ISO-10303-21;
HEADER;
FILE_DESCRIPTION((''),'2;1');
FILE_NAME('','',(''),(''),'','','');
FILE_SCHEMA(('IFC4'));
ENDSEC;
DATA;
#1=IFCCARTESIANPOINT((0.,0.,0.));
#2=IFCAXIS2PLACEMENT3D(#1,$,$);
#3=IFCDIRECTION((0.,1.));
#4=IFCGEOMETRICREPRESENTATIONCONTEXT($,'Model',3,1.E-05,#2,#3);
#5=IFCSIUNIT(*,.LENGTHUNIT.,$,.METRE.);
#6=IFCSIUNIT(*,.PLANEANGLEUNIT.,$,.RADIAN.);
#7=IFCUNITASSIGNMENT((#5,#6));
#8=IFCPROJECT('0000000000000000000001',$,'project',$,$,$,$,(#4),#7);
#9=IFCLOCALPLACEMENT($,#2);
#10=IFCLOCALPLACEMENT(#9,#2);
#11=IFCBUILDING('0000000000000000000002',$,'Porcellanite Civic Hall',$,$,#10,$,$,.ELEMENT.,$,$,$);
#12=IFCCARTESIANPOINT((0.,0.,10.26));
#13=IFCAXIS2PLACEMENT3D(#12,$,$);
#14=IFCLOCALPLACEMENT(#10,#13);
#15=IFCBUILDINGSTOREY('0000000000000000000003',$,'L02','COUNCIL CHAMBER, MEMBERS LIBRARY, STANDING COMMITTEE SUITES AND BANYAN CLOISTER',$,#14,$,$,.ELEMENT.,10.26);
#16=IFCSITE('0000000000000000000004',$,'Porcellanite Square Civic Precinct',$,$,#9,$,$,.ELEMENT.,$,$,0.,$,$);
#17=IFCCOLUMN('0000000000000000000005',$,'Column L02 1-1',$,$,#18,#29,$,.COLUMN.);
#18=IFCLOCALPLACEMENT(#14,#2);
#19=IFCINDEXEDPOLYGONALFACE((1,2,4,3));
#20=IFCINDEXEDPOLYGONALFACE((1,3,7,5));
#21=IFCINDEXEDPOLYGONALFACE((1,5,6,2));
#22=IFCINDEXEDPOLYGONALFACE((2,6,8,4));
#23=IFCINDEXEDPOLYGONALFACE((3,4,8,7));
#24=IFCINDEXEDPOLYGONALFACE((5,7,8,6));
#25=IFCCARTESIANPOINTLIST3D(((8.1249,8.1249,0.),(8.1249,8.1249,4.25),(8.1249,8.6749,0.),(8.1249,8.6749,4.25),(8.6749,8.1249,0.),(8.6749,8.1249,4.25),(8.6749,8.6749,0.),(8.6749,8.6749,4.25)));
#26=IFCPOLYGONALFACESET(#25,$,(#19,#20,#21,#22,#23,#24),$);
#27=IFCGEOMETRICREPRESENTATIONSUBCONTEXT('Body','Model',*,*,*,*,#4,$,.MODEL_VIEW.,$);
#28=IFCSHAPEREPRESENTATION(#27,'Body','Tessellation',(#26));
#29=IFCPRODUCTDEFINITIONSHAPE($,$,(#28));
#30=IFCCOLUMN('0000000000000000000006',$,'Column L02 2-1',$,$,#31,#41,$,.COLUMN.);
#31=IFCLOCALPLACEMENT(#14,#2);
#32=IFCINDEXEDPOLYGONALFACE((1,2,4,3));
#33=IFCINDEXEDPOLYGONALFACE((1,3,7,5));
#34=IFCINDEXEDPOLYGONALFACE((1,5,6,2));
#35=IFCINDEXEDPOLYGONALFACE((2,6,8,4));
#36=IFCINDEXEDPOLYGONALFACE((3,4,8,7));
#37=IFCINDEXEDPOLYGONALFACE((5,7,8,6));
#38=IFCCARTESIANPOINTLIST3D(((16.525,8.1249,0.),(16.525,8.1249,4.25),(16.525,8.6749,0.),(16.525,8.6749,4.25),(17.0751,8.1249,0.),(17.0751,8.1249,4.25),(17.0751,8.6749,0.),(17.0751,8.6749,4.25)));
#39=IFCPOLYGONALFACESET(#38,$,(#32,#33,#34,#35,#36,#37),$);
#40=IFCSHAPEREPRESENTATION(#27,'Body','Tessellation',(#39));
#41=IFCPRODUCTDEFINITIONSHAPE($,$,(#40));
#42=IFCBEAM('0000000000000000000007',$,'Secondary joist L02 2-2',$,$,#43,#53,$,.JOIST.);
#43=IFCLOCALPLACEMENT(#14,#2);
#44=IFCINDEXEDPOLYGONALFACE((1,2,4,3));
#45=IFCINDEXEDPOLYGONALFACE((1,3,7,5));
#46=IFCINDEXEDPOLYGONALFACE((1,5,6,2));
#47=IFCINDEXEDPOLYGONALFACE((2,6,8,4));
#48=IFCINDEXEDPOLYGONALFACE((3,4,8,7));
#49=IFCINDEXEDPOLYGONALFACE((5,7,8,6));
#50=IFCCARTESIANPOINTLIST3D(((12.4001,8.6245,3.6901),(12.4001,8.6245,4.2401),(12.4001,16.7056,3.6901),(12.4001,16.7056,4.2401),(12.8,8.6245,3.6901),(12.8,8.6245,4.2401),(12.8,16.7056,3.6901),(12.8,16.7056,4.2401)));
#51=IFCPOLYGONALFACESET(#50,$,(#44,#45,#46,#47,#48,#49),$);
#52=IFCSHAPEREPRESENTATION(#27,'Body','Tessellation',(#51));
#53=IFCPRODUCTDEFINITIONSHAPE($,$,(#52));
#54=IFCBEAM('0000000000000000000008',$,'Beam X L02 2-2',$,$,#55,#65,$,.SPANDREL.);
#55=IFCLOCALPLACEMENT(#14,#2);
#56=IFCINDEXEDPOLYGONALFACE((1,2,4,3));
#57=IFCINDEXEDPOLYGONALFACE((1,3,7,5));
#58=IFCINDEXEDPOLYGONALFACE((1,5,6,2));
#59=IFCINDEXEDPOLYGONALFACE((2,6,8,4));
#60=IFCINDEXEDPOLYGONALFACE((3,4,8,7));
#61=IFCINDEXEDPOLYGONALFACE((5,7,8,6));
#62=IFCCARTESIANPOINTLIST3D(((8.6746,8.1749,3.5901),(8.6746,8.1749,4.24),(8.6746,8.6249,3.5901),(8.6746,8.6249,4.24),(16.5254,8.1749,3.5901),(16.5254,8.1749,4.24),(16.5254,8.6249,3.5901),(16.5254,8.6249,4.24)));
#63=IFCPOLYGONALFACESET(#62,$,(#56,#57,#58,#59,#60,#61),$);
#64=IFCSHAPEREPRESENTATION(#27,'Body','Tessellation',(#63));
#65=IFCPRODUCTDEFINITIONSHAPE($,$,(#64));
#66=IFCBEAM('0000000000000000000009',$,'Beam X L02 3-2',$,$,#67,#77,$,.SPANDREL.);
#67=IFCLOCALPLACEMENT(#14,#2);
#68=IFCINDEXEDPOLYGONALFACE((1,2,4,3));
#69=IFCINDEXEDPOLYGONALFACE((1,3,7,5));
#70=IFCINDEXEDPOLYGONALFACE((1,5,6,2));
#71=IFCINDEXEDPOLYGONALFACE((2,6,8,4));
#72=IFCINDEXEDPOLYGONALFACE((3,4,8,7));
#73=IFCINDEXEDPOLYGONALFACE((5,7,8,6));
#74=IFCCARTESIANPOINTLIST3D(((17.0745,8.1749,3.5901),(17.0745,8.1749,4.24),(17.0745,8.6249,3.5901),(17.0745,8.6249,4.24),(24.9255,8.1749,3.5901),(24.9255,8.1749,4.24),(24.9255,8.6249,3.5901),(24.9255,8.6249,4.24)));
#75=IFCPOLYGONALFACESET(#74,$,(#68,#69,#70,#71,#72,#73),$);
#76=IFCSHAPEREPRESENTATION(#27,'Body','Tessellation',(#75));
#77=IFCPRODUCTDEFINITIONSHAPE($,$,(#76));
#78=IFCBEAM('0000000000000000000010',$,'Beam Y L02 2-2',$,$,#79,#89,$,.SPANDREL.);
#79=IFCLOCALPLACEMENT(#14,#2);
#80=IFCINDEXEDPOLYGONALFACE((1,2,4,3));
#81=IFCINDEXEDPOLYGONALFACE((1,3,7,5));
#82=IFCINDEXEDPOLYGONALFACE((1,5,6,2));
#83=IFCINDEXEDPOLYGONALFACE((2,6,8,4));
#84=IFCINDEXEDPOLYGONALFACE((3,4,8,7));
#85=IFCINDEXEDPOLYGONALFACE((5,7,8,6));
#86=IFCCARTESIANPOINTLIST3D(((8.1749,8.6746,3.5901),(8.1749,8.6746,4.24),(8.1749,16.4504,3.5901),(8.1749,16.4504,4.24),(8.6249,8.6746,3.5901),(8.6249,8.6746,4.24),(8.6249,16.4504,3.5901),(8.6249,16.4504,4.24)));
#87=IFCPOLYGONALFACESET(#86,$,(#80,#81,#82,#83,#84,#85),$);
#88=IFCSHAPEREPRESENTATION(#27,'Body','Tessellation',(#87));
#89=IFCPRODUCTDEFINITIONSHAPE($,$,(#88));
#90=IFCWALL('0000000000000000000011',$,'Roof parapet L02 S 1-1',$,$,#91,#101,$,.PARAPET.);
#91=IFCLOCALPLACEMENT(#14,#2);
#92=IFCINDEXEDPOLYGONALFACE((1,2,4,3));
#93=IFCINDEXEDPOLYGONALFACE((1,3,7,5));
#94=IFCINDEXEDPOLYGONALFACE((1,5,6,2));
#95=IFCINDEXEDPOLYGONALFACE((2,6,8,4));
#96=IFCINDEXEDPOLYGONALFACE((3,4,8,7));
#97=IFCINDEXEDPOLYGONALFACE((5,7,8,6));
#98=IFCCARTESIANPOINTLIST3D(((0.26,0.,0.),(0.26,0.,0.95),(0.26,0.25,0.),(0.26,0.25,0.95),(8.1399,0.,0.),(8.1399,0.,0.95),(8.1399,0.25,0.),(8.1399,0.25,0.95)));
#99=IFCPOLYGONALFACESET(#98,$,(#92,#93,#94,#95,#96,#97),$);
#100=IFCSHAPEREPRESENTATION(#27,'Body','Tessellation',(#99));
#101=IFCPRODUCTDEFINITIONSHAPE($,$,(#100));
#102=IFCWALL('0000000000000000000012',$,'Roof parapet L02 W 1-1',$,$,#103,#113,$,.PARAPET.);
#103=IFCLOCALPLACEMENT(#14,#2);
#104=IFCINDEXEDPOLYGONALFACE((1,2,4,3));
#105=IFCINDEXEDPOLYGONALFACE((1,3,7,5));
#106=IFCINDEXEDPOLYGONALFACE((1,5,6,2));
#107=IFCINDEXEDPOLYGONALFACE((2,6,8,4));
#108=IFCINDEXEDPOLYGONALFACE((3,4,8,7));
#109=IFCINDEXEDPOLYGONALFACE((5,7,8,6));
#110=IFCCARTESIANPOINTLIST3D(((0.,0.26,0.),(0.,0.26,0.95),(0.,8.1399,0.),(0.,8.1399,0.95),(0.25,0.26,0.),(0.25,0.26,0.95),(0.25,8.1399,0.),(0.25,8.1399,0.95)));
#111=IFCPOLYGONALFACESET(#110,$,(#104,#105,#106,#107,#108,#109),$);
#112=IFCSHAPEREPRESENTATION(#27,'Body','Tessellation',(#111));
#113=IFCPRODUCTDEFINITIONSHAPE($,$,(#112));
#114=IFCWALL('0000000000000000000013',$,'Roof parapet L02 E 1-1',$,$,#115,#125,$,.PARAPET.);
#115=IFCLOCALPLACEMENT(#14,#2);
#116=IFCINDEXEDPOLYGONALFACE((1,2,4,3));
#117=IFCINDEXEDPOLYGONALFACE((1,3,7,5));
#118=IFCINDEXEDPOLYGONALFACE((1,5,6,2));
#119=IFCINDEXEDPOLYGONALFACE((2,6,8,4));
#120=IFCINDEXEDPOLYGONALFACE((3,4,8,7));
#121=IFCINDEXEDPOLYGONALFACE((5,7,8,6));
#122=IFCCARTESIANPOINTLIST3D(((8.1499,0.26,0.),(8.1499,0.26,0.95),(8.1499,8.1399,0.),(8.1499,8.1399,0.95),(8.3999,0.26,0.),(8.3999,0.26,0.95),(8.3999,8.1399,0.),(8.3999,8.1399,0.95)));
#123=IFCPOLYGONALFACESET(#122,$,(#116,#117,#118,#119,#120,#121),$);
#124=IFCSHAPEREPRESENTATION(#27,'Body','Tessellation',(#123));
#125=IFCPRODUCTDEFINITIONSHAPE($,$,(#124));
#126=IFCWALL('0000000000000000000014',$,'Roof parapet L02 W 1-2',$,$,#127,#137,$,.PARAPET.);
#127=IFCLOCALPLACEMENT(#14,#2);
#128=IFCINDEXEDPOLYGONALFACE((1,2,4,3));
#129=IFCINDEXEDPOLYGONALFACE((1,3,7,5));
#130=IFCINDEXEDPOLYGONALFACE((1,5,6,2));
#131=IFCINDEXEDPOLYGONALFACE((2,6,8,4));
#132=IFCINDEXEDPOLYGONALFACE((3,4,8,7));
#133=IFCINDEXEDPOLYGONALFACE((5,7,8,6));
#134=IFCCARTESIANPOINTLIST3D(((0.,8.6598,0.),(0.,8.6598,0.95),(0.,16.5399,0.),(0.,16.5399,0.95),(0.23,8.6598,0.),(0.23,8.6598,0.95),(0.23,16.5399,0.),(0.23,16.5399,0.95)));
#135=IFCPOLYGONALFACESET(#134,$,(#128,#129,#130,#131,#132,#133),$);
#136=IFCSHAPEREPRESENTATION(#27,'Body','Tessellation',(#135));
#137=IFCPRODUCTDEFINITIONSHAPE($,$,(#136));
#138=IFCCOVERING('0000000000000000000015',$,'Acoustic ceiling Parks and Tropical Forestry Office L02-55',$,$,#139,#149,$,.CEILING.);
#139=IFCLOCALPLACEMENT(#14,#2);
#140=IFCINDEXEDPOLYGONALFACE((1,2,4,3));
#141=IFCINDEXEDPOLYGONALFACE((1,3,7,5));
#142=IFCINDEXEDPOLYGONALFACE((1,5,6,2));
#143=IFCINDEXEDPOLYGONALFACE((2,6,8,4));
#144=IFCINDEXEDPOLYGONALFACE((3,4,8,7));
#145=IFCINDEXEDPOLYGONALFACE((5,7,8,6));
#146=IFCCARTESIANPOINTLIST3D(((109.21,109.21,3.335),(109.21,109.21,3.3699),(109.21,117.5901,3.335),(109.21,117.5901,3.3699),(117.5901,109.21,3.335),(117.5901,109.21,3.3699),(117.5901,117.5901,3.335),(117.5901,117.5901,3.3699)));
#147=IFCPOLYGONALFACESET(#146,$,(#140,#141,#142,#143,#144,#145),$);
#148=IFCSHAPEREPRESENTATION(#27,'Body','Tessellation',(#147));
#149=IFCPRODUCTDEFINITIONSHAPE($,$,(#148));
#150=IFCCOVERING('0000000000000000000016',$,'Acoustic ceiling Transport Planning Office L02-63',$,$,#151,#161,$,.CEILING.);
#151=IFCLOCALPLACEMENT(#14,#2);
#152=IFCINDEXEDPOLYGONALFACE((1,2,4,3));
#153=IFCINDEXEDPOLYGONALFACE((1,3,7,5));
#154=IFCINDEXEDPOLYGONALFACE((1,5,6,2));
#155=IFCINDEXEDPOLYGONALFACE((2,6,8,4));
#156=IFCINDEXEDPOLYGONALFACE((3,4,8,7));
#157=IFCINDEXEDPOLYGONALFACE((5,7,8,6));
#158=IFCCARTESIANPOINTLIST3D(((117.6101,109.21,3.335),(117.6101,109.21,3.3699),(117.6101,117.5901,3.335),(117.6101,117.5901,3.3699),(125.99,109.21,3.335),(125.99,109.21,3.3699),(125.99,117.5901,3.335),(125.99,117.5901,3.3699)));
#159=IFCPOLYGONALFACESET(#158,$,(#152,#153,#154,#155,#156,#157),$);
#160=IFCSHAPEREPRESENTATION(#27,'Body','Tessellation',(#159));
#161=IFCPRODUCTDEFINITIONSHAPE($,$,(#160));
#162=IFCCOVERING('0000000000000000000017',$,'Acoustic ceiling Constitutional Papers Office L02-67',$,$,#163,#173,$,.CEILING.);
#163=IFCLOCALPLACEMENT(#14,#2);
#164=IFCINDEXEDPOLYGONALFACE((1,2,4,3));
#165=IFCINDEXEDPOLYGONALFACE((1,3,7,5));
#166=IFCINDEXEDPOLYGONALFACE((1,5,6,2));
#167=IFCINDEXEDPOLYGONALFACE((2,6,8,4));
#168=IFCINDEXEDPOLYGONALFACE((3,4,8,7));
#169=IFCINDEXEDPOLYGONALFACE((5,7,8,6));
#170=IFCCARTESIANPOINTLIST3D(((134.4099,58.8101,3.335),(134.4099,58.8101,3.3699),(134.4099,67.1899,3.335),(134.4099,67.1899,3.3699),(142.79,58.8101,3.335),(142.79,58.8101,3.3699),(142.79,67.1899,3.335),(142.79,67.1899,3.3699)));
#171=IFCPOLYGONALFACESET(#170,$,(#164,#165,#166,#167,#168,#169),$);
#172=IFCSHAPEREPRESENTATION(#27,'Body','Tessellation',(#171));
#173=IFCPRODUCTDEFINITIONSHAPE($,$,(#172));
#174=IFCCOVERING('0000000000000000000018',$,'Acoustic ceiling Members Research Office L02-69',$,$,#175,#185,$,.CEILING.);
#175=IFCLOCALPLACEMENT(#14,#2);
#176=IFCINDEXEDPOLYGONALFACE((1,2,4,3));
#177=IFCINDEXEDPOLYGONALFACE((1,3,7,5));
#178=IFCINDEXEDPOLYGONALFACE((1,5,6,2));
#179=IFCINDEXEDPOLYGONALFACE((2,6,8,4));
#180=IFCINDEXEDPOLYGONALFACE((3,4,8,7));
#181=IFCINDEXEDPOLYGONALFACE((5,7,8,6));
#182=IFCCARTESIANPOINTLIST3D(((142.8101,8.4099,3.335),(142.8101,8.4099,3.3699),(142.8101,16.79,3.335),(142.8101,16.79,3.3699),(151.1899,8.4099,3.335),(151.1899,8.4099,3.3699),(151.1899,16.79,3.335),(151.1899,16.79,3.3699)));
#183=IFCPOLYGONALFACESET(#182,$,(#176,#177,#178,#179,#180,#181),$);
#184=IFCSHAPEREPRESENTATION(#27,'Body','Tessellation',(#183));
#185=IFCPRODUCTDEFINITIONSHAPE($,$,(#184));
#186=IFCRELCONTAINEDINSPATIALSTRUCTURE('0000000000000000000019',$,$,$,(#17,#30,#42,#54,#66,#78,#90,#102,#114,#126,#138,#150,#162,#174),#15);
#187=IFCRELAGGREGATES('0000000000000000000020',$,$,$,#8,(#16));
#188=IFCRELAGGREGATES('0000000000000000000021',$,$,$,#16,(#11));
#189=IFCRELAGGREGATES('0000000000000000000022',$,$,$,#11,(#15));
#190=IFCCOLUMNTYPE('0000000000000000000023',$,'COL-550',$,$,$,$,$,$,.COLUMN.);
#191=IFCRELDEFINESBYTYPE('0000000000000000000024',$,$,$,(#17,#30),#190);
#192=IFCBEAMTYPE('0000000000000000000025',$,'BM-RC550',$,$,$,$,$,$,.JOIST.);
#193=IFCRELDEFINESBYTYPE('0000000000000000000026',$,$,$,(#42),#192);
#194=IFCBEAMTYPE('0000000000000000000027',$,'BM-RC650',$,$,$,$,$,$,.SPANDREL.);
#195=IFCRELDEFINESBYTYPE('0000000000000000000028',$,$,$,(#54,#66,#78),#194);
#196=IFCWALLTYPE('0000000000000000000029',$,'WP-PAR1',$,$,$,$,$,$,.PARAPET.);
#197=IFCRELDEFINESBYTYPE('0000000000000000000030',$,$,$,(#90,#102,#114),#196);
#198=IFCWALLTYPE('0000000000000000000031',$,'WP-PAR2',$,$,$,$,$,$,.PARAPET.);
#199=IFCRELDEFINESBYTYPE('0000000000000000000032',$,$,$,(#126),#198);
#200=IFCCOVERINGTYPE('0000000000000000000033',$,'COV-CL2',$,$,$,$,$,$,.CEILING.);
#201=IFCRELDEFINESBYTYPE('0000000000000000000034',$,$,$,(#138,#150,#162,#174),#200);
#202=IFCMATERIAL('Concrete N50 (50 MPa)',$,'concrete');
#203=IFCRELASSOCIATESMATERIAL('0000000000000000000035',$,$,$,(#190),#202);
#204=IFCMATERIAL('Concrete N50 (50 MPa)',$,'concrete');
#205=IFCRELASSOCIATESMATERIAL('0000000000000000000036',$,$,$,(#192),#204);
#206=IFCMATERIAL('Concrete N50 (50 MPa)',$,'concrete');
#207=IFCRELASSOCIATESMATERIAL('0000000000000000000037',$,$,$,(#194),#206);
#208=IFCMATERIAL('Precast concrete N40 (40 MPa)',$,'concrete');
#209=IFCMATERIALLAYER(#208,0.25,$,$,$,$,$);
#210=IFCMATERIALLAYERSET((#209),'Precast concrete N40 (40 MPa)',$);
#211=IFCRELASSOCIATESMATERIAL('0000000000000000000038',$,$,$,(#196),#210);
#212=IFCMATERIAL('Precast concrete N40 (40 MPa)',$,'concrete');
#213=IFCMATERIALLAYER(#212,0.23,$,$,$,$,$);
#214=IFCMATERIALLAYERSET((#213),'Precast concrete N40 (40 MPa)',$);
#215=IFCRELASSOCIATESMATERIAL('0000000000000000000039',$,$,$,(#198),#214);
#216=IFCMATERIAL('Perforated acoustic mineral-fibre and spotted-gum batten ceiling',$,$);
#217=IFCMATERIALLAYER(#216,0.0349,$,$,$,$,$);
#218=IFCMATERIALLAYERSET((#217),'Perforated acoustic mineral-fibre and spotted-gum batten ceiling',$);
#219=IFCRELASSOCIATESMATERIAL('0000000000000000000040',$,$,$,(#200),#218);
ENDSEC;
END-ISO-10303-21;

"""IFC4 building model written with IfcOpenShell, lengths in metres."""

from ifc_helpers import new_model, si_unit, direction, frame, frame_2d, origin, origin_2d, place, context, subcontext, project, spatial, polyline, rectangle, outline, extrude, material, layer, layer_set, material_profile, profile_set, type_object, element, save


model = new_model("IFC4")

# Units and contexts
model_context = context("Model", 3, precision=1e-05, world=origin(), true_north=direction((0.0, 1.0)))
body_context = subcontext(model_context, "Body", "Model", "MODEL_VIEW")
ifc_project = project(units=[si_unit("LENGTHUNIT", "METRE"), si_unit("PLANEANGLEUNIT", "RADIAN")], contexts=[model_context])

# Site, building, storey
site_placement = place(None, origin())
site = spatial("IfcSite", under=ifc_project, at=site_placement, Name="Porcellanite Square Civic Precinct", CompositionType="ELEMENT", RefElevation=0.0)
building_placement = place(site_placement, origin())
building = spatial("IfcBuilding", under=site, at=building_placement, Name="Porcellanite Civic Hall", CompositionType="ELEMENT")
storey_placement = place(building_placement, frame((0.0, 0.0, 10.26)))
storey = spatial("IfcBuildingStorey", under=building, at=storey_placement, Name="L02", Description="COUNCIL CHAMBER, MEMBERS LIBRARY, STANDING COMMITTEE SUITES AND BANYAN CLOISTER", CompositionType="ELEMENT", Elevation=10.26)

# Columns
ifc_material_1 = material(Name="Concrete N50 (50 MPa)", Category="concrete")
ifc_material_profile_1 = material_profile(ifc_material_1, rectangle(XDim=0.55, YDim=0.55, at=origin_2d()), Name="RC-550x550")
ifc_profile_set_1 = profile_set([ifc_material_profile_1], Name="Concrete N50 (50 MPa)")
column_type = type_object("IfcColumnType", Name="COL-550", PredefinedType="COLUMN", material=ifc_profile_set_1)
for number, where, z_axis, x_axis, name in (
    (1, (8.3999, 8.3999, 0.0), (0.0, 0.0, 1.0), (1.0, 0.0, 0.0), "Column L02 1-1"),
    (2, (16.8, 8.3999, 0.0), (0.0, 0.0, 1.0), (1.0, 0.0, 0.0), "Column L02 2-1"),
):
    element("IfcColumn", number, at=place(storey_placement, frame(where, z_axis=z_axis, x_axis=x_axis)), inside=storey, type_object=column_type, Name=name, PredefinedType="COLUMN", context=body_context, shape_type="SweptSolid", body=[
        extrude(rectangle(XDim=0.55, YDim=0.55, at=origin_2d()), origin(), (0.0, 0.0, 1.0), 4.25),
    ])

# Beams
ifc_material_2 = material(Name="Concrete N50 (50 MPa)", Category="concrete")
ifc_material_profile_2 = material_profile(ifc_material_2, rectangle(XDim=0.3999, YDim=0.55, at=origin_2d()), Name="RC-400x550")
ifc_profile_set_2 = profile_set([ifc_material_profile_2], Name="Concrete N50 (50 MPa)")
beam_type_1 = type_object("IfcBeamType", Name="BM-RC550", PredefinedType="JOIST", material=ifc_profile_set_2)
beam_1_placement = place(storey_placement, frame((12.6001, 8.6245, 3.9651), z_axis=(0.0, 1.0, 0.0), x_axis=(-1.0, 0.0, 0.0)))
element("IfcBeam", 3, at=beam_1_placement, inside=storey, type_object=beam_type_1, Name="Secondary joist L02 2-2", PredefinedType="JOIST", context=body_context, shape_type="SweptSolid", body=[
    extrude(rectangle(XDim=0.3999, YDim=0.55, at=origin_2d()), origin(), (0.0, 0.0, 1.0), 8.0811),
])
ifc_material_3 = material(Name="Concrete N50 (50 MPa)", Category="concrete")
ifc_material_profile_3 = material_profile(ifc_material_3, rectangle(XDim=0.45, YDim=0.6499, at=origin_2d()), Name="RC-450x650")
ifc_profile_set_3 = profile_set([ifc_material_profile_3], Name="Concrete N50 (50 MPa)")
beam_type_2 = type_object("IfcBeamType", Name="BM-RC650", PredefinedType="SPANDREL", material=ifc_profile_set_3)
beam_2_placement = place(storey_placement, frame((8.6746, 8.3999, 3.915), z_axis=(1.0, 0.0, 0.0), x_axis=(0.0, 1.0, 0.0)))
element("IfcBeam", 4, at=beam_2_placement, inside=storey, type_object=beam_type_2, Name="Beam X L02 2-2", PredefinedType="SPANDREL", context=body_context, shape_type="SweptSolid", body=[
    extrude(rectangle(XDim=0.45, YDim=0.6499, at=origin_2d()), origin(), (0.0, 0.0, 1.0), 7.8508),
])
beam_3_placement = place(storey_placement, frame((17.0745, 8.3999, 3.915), z_axis=(1.0, 0.0, 0.0), x_axis=(0.0, 1.0, 0.0)))
element("IfcBeam", 5, at=beam_3_placement, inside=storey, type_object=beam_type_2, Name="Beam X L02 3-2", PredefinedType="SPANDREL", context=body_context, shape_type="SweptSolid", body=[
    extrude(rectangle(XDim=0.45, YDim=0.6499, at=origin_2d()), origin(), (0.0, 0.0, 1.0), 7.8511),
])
beam_4_placement = place(storey_placement, frame((8.3999, 8.6746, 3.915), z_axis=(0.0, 1.0, 0.0), x_axis=(-1.0, 0.0, 0.0)))
element("IfcBeam", 6, at=beam_4_placement, inside=storey, type_object=beam_type_2, Name="Beam Y L02 2-2", PredefinedType="SPANDREL", context=body_context, shape_type="SweptSolid", body=[
    extrude(rectangle(XDim=0.45, YDim=0.6499, at=origin_2d()), origin(), (0.0, 0.0, 1.0), 7.7759),
])

# Walls
ifc_material_4 = material(Name="Precast concrete N40 (40 MPa)", Category="concrete")
ifc_layer_1 = layer(ifc_material_4, 0.25)
ifc_layer_set_1 = layer_set([ifc_layer_1], Name="Precast concrete N40 (40 MPa)")
wall_type_1 = type_object("IfcWallType", Name="WP-PAR1", PredefinedType="PARAPET", material=ifc_layer_set_1)
for number, where, z_axis, x_axis, name in (
    (7, (8.1399, 0.125, 0.0), (0.0, 0.0, 1.0), (-1.0, 0.0, 0.0), "Roof parapet L02 S 1-1"),
    (8, (0.125, 0.26, 0.0), (0.0, 0.0, 1.0), (0.0, 1.0, 0.0), "Roof parapet L02 W 1-1"),
    (9, (8.2749, 8.1399, 0.0), (0.0, 0.0, 1.0), (0.0, -1.0, 0.0), "Roof parapet L02 E 1-1"),
):
    element("IfcWall", number, at=place(storey_placement, frame(where, z_axis=z_axis, x_axis=x_axis)), inside=storey, type_object=wall_type_1, Name=name, PredefinedType="PARAPET", context=body_context, shape_type="SweptSolid", body=[
        extrude(rectangle(XDim=7.8799, YDim=0.25, at=frame_2d((3.9399, 0.0))), origin(), (0.0, 0.0, 1.0), 0.95),
    ])
ifc_material_5 = material(Name="Precast concrete N40 (40 MPa)", Category="concrete")
ifc_layer_2 = layer(ifc_material_5, 0.23)
ifc_layer_set_2 = layer_set([ifc_layer_2], Name="Precast concrete N40 (40 MPa)")
wall_type_2 = type_object("IfcWallType", Name="WP-PAR2", PredefinedType="PARAPET", material=ifc_layer_set_2)
wall_1_placement = place(storey_placement, frame((0.115, 8.6599, 0.0), z_axis=(0.0, 0.0, 1.0), x_axis=(0.0, 1.0, 0.0)))
element("IfcWall", 10, at=wall_1_placement, inside=storey, type_object=wall_type_2, Name="Roof parapet L02 W 1-2", PredefinedType="PARAPET", context=body_context, shape_type="SweptSolid", body=[
    extrude(rectangle(XDim=7.8801, YDim=0.23, at=frame_2d((3.9399, 0.0))), origin(), (0.0, 0.0, 1.0), 0.95),
])

# Coverings
ifc_material_6 = material(Name="Perforated acoustic mineral-fibre and spotted-gum batten ceiling")
ifc_layer_3 = layer(ifc_material_6, 0.0349)
ifc_layer_set_3 = layer_set([ifc_layer_3], Name="Perforated acoustic mineral-fibre and spotted-gum batten ceiling")
covering_type = type_object("IfcCoveringType", Name="COV-CL2", PredefinedType="CEILING", material=ifc_layer_set_3)
covering_1_placement = place(storey_placement, frame((0.0, 0.0, 3.335)))
element("IfcCovering", 11, at=covering_1_placement, inside=storey, type_object=covering_type, Name="Acoustic ceiling Parks and Tropical Forestry Office L02-55", PredefinedType="CEILING", context=body_context, shape_type="SweptSolid", body=[
    extrude(outline(polyline([(109.21, 109.21), (117.5901, 109.21), (117.5901, 117.5901), (109.21, 117.5901), (109.21, 109.21)])), origin(), (0.0, 0.0, 1.0), 0.0349),
])
covering_2_placement = place(storey_placement, frame((0.0, 0.0, 3.335)))
element("IfcCovering", 12, at=covering_2_placement, inside=storey, type_object=covering_type, Name="Acoustic ceiling Transport Planning Office L02-63", PredefinedType="CEILING", context=body_context, shape_type="SweptSolid", body=[
    extrude(outline(polyline([(117.6101, 109.21), (125.99, 109.21), (125.99, 117.5901), (117.6101, 117.5901), (117.6101, 109.21)])), origin(), (0.0, 0.0, 1.0), 0.0349),
])
covering_3_placement = place(storey_placement, frame((0.0, 0.0, 3.335)))
element("IfcCovering", 13, at=covering_3_placement, inside=storey, type_object=covering_type, Name="Acoustic ceiling Constitutional Papers Office L02-67", PredefinedType="CEILING", context=body_context, shape_type="SweptSolid", body=[
    extrude(outline(polyline([(134.4099, 58.8101), (142.79, 58.8101), (142.79, 67.1899), (134.4099, 67.1899), (134.4099, 58.8101)])), origin(), (0.0, 0.0, 1.0), 0.0349),
])
covering_4_placement = place(storey_placement, frame((0.0, 0.0, 3.335)))
element("IfcCovering", 14, at=covering_4_placement, inside=storey, type_object=covering_type, Name="Acoustic ceiling Members Research Office L02-69", PredefinedType="CEILING", context=body_context, shape_type="SweptSolid", body=[
    extrude(outline(polyline([(142.8101, 8.4099), (151.1899, 8.4099), (151.1899, 16.79), (142.8101, 16.79), (142.8101, 8.4099)])), origin(), (0.0, 0.0, 1.0), 0.0349),
])

save(model, "model.ifc")
